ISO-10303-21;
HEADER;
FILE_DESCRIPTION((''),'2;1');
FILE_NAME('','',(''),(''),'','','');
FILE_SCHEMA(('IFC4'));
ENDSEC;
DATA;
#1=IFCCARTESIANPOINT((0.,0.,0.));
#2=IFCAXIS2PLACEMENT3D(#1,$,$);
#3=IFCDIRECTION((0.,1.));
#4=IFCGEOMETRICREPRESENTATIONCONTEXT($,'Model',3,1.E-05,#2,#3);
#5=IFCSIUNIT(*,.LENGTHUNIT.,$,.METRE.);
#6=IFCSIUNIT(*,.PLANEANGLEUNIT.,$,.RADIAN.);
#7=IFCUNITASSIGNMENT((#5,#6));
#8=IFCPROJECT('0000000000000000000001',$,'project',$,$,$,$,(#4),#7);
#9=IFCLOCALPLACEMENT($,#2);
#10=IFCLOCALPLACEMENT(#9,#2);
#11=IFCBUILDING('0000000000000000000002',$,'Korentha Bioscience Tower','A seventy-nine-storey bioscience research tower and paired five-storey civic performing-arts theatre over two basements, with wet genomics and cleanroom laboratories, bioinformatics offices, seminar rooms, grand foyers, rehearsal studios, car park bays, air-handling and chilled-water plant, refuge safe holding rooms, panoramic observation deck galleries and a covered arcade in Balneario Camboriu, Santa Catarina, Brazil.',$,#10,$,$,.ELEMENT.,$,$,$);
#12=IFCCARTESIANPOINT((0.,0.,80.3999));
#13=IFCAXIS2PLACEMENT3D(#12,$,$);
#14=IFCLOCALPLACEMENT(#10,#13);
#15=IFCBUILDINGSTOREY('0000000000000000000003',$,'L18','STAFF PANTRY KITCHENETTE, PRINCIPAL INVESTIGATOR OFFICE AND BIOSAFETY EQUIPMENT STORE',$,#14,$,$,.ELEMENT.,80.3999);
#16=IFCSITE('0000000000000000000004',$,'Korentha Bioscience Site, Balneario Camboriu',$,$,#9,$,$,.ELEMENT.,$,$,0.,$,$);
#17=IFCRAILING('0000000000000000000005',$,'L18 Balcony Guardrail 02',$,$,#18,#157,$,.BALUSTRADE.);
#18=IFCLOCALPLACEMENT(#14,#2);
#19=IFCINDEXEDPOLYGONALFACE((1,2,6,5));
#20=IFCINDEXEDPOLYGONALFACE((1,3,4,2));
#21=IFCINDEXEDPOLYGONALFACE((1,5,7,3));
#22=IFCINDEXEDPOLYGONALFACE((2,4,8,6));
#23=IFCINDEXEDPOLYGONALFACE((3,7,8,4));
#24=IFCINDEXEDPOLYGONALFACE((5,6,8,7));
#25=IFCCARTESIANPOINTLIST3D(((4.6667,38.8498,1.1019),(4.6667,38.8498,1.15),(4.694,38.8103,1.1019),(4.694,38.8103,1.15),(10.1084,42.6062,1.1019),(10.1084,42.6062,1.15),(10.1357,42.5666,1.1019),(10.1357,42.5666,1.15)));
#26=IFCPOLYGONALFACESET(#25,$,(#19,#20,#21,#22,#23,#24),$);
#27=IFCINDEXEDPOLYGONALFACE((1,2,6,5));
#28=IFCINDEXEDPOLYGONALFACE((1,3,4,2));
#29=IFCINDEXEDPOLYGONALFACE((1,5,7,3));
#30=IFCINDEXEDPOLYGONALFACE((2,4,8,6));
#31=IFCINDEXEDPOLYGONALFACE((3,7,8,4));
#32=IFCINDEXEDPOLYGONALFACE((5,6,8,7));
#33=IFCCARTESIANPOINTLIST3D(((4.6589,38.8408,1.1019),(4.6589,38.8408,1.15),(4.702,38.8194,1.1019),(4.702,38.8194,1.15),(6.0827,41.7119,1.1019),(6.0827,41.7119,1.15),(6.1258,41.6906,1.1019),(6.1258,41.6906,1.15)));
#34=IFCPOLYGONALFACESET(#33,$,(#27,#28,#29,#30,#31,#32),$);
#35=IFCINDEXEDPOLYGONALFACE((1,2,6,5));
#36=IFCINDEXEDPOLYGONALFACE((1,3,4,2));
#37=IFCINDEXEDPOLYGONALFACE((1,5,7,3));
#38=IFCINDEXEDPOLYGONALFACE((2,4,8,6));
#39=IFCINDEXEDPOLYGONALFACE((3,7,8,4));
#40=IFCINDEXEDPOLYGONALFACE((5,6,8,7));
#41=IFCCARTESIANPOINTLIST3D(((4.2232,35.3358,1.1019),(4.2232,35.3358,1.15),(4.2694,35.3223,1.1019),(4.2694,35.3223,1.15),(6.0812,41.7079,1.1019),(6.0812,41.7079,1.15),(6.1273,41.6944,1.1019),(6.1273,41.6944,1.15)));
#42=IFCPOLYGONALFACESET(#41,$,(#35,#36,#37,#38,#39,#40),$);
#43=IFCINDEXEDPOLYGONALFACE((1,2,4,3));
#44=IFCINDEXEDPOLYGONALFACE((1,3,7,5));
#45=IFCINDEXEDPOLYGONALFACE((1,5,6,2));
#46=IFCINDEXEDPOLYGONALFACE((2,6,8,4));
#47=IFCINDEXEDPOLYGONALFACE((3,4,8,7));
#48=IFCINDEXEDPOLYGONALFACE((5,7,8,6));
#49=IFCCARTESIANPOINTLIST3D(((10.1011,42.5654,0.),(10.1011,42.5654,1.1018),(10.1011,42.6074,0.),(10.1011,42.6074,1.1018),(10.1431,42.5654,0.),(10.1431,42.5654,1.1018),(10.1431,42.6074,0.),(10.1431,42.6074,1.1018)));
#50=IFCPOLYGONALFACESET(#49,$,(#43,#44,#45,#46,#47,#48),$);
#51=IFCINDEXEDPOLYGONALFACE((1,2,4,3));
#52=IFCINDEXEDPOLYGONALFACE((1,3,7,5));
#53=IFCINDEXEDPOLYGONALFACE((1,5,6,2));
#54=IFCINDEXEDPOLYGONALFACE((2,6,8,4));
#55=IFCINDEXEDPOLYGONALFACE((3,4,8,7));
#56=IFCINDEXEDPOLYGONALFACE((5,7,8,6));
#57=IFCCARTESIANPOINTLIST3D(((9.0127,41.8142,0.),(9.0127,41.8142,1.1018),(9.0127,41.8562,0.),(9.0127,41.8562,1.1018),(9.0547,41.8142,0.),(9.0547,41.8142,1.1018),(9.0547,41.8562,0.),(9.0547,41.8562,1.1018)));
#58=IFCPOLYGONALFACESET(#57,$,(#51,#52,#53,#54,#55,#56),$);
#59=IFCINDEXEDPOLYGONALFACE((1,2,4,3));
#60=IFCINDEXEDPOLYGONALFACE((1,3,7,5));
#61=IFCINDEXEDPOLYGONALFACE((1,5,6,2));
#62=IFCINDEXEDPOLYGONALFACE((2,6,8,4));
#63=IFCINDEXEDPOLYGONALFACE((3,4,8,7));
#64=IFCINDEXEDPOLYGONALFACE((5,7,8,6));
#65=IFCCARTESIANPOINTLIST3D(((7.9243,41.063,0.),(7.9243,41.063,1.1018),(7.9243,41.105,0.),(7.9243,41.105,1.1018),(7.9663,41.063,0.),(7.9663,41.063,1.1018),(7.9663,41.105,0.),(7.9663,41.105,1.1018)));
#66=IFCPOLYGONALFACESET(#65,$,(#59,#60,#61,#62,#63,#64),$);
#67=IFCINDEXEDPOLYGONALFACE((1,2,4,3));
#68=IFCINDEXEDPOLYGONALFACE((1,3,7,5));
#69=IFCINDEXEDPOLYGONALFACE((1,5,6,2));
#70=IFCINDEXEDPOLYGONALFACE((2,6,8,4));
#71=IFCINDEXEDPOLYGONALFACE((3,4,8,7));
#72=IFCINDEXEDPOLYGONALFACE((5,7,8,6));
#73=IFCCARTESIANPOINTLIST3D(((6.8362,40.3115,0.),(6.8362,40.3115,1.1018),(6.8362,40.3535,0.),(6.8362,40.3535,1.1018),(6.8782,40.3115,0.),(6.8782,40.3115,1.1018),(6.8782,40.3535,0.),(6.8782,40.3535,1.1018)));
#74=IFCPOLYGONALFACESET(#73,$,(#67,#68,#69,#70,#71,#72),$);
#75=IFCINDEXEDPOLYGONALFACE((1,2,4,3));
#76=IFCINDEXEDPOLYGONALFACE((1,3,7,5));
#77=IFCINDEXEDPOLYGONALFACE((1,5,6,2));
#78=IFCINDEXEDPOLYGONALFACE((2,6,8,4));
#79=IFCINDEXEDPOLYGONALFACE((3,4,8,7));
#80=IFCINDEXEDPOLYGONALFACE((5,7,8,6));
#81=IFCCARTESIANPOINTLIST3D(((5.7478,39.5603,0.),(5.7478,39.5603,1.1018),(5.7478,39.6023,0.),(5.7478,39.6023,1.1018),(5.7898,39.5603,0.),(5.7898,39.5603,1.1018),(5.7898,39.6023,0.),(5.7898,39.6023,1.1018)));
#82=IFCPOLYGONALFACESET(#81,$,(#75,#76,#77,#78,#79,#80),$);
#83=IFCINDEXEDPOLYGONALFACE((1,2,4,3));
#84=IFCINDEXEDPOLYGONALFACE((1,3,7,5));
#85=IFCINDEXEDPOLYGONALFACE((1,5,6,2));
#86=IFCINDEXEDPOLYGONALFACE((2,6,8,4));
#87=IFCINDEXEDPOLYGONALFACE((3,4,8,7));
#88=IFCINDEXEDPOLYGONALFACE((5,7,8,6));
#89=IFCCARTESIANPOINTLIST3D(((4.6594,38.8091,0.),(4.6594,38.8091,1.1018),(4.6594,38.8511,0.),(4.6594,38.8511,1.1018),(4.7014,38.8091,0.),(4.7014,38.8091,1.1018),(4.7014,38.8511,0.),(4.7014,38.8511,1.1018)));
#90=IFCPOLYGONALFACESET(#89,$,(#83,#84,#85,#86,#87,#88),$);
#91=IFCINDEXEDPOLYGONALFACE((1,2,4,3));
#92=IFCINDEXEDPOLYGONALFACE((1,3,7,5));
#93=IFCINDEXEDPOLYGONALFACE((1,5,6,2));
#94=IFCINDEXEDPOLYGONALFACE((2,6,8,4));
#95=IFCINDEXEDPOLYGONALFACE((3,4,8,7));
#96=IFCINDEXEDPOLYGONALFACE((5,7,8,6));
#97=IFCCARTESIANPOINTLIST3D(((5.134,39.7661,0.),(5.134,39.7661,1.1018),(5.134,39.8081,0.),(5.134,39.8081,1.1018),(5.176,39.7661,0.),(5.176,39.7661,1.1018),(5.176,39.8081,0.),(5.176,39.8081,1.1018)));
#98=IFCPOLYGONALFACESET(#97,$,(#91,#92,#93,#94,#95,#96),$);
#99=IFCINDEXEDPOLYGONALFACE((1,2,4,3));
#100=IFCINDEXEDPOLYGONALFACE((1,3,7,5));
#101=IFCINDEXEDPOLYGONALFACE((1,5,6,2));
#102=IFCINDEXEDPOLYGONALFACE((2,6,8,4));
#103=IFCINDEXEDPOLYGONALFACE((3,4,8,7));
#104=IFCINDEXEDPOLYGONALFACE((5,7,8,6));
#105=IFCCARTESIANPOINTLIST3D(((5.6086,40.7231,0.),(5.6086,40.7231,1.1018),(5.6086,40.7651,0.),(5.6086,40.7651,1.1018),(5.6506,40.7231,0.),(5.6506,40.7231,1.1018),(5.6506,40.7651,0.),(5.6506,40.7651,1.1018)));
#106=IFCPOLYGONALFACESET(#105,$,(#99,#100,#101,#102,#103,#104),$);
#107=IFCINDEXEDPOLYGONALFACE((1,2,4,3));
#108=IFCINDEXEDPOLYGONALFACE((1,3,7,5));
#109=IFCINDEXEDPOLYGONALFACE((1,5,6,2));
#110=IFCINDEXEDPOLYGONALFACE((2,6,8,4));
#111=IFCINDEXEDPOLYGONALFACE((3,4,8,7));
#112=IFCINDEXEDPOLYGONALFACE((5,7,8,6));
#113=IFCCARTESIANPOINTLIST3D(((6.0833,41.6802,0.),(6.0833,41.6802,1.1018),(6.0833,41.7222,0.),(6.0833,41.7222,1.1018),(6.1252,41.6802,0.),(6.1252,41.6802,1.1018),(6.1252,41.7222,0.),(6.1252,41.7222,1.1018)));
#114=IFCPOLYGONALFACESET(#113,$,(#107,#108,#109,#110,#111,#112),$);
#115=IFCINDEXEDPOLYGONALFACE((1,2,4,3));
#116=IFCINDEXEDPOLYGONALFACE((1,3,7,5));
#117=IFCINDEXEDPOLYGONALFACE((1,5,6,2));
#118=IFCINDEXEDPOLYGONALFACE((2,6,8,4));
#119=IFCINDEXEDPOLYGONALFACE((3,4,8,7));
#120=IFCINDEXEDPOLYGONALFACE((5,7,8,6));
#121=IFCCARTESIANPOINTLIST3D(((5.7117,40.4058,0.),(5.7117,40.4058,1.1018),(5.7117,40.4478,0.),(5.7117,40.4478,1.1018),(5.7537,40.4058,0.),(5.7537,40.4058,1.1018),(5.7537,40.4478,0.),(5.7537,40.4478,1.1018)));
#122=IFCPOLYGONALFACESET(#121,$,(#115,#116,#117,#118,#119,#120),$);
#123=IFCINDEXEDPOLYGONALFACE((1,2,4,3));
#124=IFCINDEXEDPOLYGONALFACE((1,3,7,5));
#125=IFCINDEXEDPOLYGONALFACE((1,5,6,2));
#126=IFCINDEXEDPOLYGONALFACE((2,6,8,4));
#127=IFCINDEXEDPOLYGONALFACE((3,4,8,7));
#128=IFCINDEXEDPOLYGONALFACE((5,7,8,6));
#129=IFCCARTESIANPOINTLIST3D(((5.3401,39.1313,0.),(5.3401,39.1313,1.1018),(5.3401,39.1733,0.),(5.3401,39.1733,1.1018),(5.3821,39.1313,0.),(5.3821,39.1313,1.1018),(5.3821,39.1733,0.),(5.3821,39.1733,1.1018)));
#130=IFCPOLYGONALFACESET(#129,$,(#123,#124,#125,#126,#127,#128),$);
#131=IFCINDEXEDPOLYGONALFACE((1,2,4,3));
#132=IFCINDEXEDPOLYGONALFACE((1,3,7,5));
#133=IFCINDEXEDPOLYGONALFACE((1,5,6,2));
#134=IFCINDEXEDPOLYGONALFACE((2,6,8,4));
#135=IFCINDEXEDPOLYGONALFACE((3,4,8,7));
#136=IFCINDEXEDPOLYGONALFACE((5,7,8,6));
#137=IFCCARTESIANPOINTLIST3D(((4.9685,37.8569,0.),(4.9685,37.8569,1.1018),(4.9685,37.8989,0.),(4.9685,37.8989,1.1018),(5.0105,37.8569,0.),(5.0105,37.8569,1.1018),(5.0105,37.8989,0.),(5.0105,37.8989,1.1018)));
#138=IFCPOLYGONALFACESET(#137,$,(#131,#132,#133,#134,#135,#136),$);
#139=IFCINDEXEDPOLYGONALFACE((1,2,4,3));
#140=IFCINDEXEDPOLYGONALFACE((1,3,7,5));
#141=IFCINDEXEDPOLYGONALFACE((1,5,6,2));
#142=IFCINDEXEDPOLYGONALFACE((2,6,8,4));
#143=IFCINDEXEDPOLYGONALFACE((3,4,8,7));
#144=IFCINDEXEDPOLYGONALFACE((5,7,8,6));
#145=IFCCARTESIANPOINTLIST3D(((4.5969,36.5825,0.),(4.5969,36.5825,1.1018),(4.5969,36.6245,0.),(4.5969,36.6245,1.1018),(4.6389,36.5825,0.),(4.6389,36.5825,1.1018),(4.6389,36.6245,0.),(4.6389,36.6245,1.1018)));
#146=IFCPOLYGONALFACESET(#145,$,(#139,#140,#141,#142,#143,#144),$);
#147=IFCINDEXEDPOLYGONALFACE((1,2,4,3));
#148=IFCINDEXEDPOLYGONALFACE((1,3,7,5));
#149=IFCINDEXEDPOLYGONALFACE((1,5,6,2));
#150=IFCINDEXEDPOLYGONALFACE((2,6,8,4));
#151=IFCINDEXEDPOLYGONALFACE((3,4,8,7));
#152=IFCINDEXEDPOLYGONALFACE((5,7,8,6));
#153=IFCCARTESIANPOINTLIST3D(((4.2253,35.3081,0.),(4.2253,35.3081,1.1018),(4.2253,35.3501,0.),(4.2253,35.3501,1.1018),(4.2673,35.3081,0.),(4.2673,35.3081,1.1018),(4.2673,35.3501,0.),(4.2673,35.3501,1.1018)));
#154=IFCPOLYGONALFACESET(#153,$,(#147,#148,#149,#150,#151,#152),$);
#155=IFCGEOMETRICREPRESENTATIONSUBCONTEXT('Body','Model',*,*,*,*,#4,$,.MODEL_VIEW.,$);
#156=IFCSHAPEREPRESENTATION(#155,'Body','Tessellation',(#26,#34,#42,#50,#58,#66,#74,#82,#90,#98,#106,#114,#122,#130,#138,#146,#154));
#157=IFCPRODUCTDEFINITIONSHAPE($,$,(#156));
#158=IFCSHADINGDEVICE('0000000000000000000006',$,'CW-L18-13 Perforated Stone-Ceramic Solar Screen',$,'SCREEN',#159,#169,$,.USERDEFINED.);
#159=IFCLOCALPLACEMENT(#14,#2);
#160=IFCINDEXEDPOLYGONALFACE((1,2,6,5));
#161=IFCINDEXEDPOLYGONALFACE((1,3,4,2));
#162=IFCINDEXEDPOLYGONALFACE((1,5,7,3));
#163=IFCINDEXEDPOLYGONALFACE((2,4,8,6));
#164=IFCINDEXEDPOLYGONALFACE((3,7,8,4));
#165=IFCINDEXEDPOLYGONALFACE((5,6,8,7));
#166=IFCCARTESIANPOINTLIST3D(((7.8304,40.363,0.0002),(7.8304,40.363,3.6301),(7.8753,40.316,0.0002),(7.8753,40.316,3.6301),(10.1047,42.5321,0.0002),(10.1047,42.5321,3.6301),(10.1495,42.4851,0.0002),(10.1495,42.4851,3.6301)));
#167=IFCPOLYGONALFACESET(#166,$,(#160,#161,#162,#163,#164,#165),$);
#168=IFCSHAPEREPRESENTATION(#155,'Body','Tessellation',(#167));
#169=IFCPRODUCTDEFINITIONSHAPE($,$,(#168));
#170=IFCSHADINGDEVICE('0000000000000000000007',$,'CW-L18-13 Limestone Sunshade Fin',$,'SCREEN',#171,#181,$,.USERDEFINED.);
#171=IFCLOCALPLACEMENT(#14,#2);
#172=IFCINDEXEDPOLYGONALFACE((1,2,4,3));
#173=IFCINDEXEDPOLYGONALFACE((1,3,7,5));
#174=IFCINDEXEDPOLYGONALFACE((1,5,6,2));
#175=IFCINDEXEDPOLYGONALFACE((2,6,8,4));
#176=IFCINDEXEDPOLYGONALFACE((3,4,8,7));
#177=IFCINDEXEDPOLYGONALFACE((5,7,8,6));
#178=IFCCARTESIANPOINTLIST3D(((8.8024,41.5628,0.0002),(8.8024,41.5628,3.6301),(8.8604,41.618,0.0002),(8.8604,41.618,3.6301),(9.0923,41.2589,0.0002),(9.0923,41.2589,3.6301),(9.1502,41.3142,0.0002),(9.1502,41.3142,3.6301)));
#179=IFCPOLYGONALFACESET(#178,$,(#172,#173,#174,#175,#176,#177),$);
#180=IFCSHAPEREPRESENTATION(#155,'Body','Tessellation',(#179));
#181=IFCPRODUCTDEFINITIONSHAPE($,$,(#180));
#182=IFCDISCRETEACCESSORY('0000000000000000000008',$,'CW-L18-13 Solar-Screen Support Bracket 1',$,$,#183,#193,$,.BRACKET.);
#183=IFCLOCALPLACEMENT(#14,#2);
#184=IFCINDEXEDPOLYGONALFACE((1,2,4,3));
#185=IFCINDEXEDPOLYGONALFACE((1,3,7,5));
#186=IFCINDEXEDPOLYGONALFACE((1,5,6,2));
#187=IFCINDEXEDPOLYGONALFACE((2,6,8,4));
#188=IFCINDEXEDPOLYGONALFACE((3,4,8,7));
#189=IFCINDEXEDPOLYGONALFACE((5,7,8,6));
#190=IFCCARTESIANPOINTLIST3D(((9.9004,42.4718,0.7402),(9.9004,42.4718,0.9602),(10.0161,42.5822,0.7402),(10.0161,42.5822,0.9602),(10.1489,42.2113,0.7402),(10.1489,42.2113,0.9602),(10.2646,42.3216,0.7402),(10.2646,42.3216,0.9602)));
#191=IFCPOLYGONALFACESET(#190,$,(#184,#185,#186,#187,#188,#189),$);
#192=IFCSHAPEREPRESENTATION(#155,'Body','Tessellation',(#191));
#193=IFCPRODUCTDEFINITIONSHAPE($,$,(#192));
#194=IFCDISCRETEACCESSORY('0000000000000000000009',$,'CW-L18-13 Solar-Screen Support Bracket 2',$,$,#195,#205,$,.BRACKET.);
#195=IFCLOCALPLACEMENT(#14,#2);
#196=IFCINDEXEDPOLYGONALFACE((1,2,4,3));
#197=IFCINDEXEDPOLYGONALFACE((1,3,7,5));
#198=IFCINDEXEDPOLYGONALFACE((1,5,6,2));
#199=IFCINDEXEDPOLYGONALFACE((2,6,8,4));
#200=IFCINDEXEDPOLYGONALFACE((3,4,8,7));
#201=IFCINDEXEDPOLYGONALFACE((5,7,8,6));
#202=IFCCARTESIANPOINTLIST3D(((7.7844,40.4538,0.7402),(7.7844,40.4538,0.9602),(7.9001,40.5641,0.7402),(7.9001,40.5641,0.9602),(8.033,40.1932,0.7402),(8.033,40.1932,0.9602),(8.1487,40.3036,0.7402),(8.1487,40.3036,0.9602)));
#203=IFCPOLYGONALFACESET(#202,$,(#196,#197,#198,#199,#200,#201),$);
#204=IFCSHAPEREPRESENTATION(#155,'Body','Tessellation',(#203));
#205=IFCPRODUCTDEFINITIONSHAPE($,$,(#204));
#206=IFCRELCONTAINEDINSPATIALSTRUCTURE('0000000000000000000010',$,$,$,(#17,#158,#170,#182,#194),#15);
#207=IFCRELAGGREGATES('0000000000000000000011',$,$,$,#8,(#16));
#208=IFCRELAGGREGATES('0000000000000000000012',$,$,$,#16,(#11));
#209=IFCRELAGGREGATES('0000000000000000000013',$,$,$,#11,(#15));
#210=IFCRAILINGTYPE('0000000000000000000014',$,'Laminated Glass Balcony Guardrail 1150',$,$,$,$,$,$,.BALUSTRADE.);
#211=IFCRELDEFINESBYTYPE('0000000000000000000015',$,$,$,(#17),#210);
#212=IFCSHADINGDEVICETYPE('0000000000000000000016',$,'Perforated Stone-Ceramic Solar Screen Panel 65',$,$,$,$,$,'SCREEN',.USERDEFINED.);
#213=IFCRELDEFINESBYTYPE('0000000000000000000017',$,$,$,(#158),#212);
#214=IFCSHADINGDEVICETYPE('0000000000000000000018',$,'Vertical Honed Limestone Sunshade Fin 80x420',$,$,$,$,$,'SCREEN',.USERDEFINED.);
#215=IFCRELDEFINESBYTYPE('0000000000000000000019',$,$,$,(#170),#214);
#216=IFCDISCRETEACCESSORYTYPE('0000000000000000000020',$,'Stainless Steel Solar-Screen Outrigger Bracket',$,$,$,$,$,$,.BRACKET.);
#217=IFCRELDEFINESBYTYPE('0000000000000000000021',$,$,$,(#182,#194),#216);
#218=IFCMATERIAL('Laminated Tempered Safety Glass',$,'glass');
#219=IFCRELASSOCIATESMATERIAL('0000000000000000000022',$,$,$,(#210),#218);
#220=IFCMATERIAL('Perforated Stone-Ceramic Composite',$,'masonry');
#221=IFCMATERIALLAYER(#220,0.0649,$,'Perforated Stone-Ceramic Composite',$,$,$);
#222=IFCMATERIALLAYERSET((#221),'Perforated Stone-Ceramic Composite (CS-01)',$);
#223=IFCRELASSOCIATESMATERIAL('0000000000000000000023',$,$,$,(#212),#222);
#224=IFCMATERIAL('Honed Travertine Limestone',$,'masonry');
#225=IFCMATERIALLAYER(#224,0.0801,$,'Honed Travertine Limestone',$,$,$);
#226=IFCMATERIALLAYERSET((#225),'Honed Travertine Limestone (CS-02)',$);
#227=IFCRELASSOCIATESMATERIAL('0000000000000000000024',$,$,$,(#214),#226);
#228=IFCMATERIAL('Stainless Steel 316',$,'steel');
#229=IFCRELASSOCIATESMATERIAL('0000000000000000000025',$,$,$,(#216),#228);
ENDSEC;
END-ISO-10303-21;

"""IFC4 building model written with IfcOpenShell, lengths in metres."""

from ifc_helpers import new_model, si_unit, direction, frame, origin, origin_2d, place, context, subcontext, project, spatial, rectangle, extrude, material, layer, layer_set, type_object, element, save


model = new_model("IFC4")

# Units and contexts
model_context = context("Model", 3, precision=1e-05, world=origin(), true_north=direction((0.0, 1.0)))
body_context = subcontext(model_context, "Body", "Model", "MODEL_VIEW")
ifc_project = project(units=[si_unit("LENGTHUNIT", "METRE"), si_unit("PLANEANGLEUNIT", "RADIAN")], contexts=[model_context])

# Site, building, storey
site_placement = place(None, origin())
site = spatial("IfcSite", under=ifc_project, at=site_placement, Name="Korentha Bioscience Site, Balneario Camboriu", CompositionType="ELEMENT", RefElevation=0.0)
building_placement = place(site_placement, origin())
building = spatial("IfcBuilding", under=site, at=building_placement, Name="Korentha Bioscience Tower", Description="A seventy-nine-storey bioscience research tower and paired five-storey civic performing-arts theatre over two basements, with wet genomics and cleanroom laboratories, bioinformatics offices, seminar rooms, grand foyers, rehearsal studios, car park bays, air-handling and chilled-water plant, refuge safe holding rooms, panoramic observation deck galleries and a covered arcade in Balneario Camboriu, Santa Catarina, Brazil.", CompositionType="ELEMENT")
storey_placement = place(building_placement, frame((0.0, 0.0, 80.3999)))
storey = spatial("IfcBuildingStorey", under=building, at=storey_placement, Name="L18", Description="STAFF PANTRY KITCHENETTE, PRINCIPAL INVESTIGATOR OFFICE AND BIOSAFETY EQUIPMENT STORE", CompositionType="ELEMENT", Elevation=80.3999)

# Railing
ifc_material_1 = material(Name="Laminated Tempered Safety Glass", Category="glass")
railing_type = type_object("IfcRailingType", Name="Laminated Glass Balcony Guardrail 1150", PredefinedType="BALUSTRADE", material=ifc_material_1)
railing_placement = place(storey_placement, frame((10.1221, 42.5864, 0.0)))
element("IfcRailing", 1, at=railing_placement, inside=storey, type_object=railing_type, Name="L18 Balcony Guardrail 02", PredefinedType="BALUSTRADE", context=body_context, shape_type="SweptSolid", body=[
    extrude(rectangle(XDim=0.0481, YDim=0.0481, at=origin_2d()), frame((0.0, 0.0, 1.126), z_axis=(-0.822966, -0.56809, 0.0), x_axis=(0.56809, -0.822966, 0.0)), (0.0, 0.0, 1.0), 6.6123),
    extrude(rectangle(XDim=0.0481, YDim=0.0481, at=origin_2d()), frame((-5.4417, -3.7563, 1.126), z_axis=(0.444286, 0.895885, 0.0), x_axis=(-0.895885, 0.444286, 0.0)), (0.0, 0.0, 1.0), 3.2048),
    extrude(rectangle(XDim=0.0481, YDim=0.0481, at=origin_2d()), frame((-4.0178, -0.8853, 1.126), z_axis=(-0.279915, -0.960025, 0.0), x_axis=(0.960025, -0.279915, 0.0)), (0.0, 0.0, 1.0), 6.6375),
    extrude(rectangle(XDim=0.042, YDim=0.042, at=origin_2d()), origin(), (0.0, 0.0, 1.0), 1.1018),
    extrude(rectangle(XDim=0.042, YDim=0.042, at=origin_2d()), frame((-1.0884, -0.7512, 0.0)), (0.0, 0.0, 1.0), 1.1018),
    extrude(rectangle(XDim=0.042, YDim=0.042, at=origin_2d()), frame((-2.1768, -1.5024, 0.0)), (0.0, 0.0, 1.0), 1.1018),
    extrude(rectangle(XDim=0.042, YDim=0.042, at=origin_2d()), frame((-3.2649, -2.2539, 0.0)), (0.0, 0.0, 1.0), 1.1018),
    extrude(rectangle(XDim=0.042, YDim=0.042, at=origin_2d()), frame((-4.3533, -3.0051, 0.0)), (0.0, 0.0, 1.0), 1.1018),
    extrude(rectangle(XDim=0.042, YDim=0.042, at=origin_2d()), frame((-5.4417, -3.7563, 0.0)), (0.0, 0.0, 1.0), 1.1018),
    extrude(rectangle(XDim=0.042, YDim=0.042, at=origin_2d()), frame((-4.967, -2.7993, 0.0)), (0.0, 0.0, 1.0), 1.1018),
    extrude(rectangle(XDim=0.042, YDim=0.042, at=origin_2d()), frame((-4.4924, -1.8423, 0.0)), (0.0, 0.0, 1.0), 1.1018),
    extrude(rectangle(XDim=0.042, YDim=0.042, at=origin_2d()), frame((-4.0178, -0.8853, 0.0)), (0.0, 0.0, 1.0), 1.1018),
    extrude(rectangle(XDim=0.042, YDim=0.042, at=origin_2d()), frame((-4.3894, -2.1597, 0.0)), (0.0, 0.0, 1.0), 1.1018),
    extrude(rectangle(XDim=0.042, YDim=0.042, at=origin_2d()), frame((-4.761, -3.4341, 0.0)), (0.0, 0.0, 1.0), 1.1018),
    extrude(rectangle(XDim=0.042, YDim=0.042, at=origin_2d()), frame((-5.1326, -4.7085, 0.0)), (0.0, 0.0, 1.0), 1.1018),
    extrude(rectangle(XDim=0.042, YDim=0.042, at=origin_2d()), frame((-5.5042, -5.9829, 0.0)), (0.0, 0.0, 1.0), 1.1018),
    extrude(rectangle(XDim=0.042, YDim=0.042, at=origin_2d()), frame((-5.8757, -7.2573, 0.0)), (0.0, 0.0, 1.0), 1.1018),
])

# Shading devices
ifc_material_2 = material(Name="Perforated Stone-Ceramic Composite", Category="masonry")
ifc_layer_1 = layer(ifc_material_2, 0.0649, Name="Perforated Stone-Ceramic Composite")
ifc_layer_set_1 = layer_set([ifc_layer_1], Name="Perforated Stone-Ceramic Composite (CS-01)")
shading_device_type_1 = type_object("IfcShadingDeviceType", Name="Perforated Stone-Ceramic Solar Screen Panel 65", ElementType="SCREEN", PredefinedType="USERDEFINED", material=ifc_layer_set_1)
shading_device_1_placement = place(storey_placement, frame((8.99, 41.4241, 0.0002), z_axis=(0.0, 0.0, 1.0), x_axis=(-0.723642, -0.690176, 0.0)))
element("IfcShadingDevice", 2, at=shading_device_1_placement, inside=storey, type_object=shading_device_type_1, Name="CW-L18-13 Perforated Stone-Ceramic Solar Screen", ObjectType="SCREEN", PredefinedType="USERDEFINED", context=body_context, shape_type="SweptSolid", body=[
    extrude(rectangle(XDim=3.1428, YDim=0.0649, at=origin_2d()), origin(), (0.0, 0.0, 1.0), 3.6299),
])
ifc_material_3 = material(Name="Honed Travertine Limestone", Category="masonry")
ifc_layer_2 = layer(ifc_material_3, 0.0801, Name="Honed Travertine Limestone")
ifc_layer_set_2 = layer_set([ifc_layer_2], Name="Honed Travertine Limestone (CS-02)")
shading_device_type_2 = type_object("IfcShadingDeviceType", Name="Vertical Honed Limestone Sunshade Fin 80x420", ElementType="SCREEN", PredefinedType="USERDEFINED", material=ifc_layer_set_2)
shading_device_2_placement = place(storey_placement, frame((8.9763, 41.4385, 0.0002), z_axis=(0.0, 0.0, 1.0), x_axis=(-0.723642, -0.690176, 0.0)))
element("IfcShadingDevice", 3, at=shading_device_2_placement, inside=storey, type_object=shading_device_type_2, Name="CW-L18-13 Limestone Sunshade Fin", ObjectType="SCREEN", PredefinedType="USERDEFINED", context=body_context, shape_type="SweptSolid", body=[
    extrude(rectangle(XDim=0.0801, YDim=0.4199, at=origin_2d()), origin(), (0.0, 0.0, 1.0), 3.6299),
])

# Discrete accessories
ifc_material_4 = material(Name="Stainless Steel 316", Category="steel")
discrete_accessory_type = type_object("IfcDiscreteAccessoryType", Name="Stainless Steel Solar-Screen Outrigger Bracket", PredefinedType="BRACKET", material=ifc_material_4)
for number, where, z_axis, x_axis, name in (
    (4, (10.0825, 42.3967, 0.7402), (0.0, 0.0, 1.0), (-0.723642, -0.690176, 0.0), "CW-L18-13 Solar-Screen Support Bracket 1"),
    (5, (7.9666, 40.3787, 0.7402), (0.0, 0.0, 1.0), (-0.723642, -0.690176, 0.0), "CW-L18-13 Solar-Screen Support Bracket 2"),
):
    element("IfcDiscreteAccessory", number, at=place(storey_placement, frame(where, z_axis=z_axis, x_axis=x_axis)), inside=storey, type_object=discrete_accessory_type, Name=name, PredefinedType="BRACKET", context=body_context, shape_type="SweptSolid", body=[
        extrude(rectangle(XDim=0.1599, YDim=0.3601, at=origin_2d()), origin(), (0.0, 0.0, 1.0), 0.22),
    ])

save(model, "model.ifc")
